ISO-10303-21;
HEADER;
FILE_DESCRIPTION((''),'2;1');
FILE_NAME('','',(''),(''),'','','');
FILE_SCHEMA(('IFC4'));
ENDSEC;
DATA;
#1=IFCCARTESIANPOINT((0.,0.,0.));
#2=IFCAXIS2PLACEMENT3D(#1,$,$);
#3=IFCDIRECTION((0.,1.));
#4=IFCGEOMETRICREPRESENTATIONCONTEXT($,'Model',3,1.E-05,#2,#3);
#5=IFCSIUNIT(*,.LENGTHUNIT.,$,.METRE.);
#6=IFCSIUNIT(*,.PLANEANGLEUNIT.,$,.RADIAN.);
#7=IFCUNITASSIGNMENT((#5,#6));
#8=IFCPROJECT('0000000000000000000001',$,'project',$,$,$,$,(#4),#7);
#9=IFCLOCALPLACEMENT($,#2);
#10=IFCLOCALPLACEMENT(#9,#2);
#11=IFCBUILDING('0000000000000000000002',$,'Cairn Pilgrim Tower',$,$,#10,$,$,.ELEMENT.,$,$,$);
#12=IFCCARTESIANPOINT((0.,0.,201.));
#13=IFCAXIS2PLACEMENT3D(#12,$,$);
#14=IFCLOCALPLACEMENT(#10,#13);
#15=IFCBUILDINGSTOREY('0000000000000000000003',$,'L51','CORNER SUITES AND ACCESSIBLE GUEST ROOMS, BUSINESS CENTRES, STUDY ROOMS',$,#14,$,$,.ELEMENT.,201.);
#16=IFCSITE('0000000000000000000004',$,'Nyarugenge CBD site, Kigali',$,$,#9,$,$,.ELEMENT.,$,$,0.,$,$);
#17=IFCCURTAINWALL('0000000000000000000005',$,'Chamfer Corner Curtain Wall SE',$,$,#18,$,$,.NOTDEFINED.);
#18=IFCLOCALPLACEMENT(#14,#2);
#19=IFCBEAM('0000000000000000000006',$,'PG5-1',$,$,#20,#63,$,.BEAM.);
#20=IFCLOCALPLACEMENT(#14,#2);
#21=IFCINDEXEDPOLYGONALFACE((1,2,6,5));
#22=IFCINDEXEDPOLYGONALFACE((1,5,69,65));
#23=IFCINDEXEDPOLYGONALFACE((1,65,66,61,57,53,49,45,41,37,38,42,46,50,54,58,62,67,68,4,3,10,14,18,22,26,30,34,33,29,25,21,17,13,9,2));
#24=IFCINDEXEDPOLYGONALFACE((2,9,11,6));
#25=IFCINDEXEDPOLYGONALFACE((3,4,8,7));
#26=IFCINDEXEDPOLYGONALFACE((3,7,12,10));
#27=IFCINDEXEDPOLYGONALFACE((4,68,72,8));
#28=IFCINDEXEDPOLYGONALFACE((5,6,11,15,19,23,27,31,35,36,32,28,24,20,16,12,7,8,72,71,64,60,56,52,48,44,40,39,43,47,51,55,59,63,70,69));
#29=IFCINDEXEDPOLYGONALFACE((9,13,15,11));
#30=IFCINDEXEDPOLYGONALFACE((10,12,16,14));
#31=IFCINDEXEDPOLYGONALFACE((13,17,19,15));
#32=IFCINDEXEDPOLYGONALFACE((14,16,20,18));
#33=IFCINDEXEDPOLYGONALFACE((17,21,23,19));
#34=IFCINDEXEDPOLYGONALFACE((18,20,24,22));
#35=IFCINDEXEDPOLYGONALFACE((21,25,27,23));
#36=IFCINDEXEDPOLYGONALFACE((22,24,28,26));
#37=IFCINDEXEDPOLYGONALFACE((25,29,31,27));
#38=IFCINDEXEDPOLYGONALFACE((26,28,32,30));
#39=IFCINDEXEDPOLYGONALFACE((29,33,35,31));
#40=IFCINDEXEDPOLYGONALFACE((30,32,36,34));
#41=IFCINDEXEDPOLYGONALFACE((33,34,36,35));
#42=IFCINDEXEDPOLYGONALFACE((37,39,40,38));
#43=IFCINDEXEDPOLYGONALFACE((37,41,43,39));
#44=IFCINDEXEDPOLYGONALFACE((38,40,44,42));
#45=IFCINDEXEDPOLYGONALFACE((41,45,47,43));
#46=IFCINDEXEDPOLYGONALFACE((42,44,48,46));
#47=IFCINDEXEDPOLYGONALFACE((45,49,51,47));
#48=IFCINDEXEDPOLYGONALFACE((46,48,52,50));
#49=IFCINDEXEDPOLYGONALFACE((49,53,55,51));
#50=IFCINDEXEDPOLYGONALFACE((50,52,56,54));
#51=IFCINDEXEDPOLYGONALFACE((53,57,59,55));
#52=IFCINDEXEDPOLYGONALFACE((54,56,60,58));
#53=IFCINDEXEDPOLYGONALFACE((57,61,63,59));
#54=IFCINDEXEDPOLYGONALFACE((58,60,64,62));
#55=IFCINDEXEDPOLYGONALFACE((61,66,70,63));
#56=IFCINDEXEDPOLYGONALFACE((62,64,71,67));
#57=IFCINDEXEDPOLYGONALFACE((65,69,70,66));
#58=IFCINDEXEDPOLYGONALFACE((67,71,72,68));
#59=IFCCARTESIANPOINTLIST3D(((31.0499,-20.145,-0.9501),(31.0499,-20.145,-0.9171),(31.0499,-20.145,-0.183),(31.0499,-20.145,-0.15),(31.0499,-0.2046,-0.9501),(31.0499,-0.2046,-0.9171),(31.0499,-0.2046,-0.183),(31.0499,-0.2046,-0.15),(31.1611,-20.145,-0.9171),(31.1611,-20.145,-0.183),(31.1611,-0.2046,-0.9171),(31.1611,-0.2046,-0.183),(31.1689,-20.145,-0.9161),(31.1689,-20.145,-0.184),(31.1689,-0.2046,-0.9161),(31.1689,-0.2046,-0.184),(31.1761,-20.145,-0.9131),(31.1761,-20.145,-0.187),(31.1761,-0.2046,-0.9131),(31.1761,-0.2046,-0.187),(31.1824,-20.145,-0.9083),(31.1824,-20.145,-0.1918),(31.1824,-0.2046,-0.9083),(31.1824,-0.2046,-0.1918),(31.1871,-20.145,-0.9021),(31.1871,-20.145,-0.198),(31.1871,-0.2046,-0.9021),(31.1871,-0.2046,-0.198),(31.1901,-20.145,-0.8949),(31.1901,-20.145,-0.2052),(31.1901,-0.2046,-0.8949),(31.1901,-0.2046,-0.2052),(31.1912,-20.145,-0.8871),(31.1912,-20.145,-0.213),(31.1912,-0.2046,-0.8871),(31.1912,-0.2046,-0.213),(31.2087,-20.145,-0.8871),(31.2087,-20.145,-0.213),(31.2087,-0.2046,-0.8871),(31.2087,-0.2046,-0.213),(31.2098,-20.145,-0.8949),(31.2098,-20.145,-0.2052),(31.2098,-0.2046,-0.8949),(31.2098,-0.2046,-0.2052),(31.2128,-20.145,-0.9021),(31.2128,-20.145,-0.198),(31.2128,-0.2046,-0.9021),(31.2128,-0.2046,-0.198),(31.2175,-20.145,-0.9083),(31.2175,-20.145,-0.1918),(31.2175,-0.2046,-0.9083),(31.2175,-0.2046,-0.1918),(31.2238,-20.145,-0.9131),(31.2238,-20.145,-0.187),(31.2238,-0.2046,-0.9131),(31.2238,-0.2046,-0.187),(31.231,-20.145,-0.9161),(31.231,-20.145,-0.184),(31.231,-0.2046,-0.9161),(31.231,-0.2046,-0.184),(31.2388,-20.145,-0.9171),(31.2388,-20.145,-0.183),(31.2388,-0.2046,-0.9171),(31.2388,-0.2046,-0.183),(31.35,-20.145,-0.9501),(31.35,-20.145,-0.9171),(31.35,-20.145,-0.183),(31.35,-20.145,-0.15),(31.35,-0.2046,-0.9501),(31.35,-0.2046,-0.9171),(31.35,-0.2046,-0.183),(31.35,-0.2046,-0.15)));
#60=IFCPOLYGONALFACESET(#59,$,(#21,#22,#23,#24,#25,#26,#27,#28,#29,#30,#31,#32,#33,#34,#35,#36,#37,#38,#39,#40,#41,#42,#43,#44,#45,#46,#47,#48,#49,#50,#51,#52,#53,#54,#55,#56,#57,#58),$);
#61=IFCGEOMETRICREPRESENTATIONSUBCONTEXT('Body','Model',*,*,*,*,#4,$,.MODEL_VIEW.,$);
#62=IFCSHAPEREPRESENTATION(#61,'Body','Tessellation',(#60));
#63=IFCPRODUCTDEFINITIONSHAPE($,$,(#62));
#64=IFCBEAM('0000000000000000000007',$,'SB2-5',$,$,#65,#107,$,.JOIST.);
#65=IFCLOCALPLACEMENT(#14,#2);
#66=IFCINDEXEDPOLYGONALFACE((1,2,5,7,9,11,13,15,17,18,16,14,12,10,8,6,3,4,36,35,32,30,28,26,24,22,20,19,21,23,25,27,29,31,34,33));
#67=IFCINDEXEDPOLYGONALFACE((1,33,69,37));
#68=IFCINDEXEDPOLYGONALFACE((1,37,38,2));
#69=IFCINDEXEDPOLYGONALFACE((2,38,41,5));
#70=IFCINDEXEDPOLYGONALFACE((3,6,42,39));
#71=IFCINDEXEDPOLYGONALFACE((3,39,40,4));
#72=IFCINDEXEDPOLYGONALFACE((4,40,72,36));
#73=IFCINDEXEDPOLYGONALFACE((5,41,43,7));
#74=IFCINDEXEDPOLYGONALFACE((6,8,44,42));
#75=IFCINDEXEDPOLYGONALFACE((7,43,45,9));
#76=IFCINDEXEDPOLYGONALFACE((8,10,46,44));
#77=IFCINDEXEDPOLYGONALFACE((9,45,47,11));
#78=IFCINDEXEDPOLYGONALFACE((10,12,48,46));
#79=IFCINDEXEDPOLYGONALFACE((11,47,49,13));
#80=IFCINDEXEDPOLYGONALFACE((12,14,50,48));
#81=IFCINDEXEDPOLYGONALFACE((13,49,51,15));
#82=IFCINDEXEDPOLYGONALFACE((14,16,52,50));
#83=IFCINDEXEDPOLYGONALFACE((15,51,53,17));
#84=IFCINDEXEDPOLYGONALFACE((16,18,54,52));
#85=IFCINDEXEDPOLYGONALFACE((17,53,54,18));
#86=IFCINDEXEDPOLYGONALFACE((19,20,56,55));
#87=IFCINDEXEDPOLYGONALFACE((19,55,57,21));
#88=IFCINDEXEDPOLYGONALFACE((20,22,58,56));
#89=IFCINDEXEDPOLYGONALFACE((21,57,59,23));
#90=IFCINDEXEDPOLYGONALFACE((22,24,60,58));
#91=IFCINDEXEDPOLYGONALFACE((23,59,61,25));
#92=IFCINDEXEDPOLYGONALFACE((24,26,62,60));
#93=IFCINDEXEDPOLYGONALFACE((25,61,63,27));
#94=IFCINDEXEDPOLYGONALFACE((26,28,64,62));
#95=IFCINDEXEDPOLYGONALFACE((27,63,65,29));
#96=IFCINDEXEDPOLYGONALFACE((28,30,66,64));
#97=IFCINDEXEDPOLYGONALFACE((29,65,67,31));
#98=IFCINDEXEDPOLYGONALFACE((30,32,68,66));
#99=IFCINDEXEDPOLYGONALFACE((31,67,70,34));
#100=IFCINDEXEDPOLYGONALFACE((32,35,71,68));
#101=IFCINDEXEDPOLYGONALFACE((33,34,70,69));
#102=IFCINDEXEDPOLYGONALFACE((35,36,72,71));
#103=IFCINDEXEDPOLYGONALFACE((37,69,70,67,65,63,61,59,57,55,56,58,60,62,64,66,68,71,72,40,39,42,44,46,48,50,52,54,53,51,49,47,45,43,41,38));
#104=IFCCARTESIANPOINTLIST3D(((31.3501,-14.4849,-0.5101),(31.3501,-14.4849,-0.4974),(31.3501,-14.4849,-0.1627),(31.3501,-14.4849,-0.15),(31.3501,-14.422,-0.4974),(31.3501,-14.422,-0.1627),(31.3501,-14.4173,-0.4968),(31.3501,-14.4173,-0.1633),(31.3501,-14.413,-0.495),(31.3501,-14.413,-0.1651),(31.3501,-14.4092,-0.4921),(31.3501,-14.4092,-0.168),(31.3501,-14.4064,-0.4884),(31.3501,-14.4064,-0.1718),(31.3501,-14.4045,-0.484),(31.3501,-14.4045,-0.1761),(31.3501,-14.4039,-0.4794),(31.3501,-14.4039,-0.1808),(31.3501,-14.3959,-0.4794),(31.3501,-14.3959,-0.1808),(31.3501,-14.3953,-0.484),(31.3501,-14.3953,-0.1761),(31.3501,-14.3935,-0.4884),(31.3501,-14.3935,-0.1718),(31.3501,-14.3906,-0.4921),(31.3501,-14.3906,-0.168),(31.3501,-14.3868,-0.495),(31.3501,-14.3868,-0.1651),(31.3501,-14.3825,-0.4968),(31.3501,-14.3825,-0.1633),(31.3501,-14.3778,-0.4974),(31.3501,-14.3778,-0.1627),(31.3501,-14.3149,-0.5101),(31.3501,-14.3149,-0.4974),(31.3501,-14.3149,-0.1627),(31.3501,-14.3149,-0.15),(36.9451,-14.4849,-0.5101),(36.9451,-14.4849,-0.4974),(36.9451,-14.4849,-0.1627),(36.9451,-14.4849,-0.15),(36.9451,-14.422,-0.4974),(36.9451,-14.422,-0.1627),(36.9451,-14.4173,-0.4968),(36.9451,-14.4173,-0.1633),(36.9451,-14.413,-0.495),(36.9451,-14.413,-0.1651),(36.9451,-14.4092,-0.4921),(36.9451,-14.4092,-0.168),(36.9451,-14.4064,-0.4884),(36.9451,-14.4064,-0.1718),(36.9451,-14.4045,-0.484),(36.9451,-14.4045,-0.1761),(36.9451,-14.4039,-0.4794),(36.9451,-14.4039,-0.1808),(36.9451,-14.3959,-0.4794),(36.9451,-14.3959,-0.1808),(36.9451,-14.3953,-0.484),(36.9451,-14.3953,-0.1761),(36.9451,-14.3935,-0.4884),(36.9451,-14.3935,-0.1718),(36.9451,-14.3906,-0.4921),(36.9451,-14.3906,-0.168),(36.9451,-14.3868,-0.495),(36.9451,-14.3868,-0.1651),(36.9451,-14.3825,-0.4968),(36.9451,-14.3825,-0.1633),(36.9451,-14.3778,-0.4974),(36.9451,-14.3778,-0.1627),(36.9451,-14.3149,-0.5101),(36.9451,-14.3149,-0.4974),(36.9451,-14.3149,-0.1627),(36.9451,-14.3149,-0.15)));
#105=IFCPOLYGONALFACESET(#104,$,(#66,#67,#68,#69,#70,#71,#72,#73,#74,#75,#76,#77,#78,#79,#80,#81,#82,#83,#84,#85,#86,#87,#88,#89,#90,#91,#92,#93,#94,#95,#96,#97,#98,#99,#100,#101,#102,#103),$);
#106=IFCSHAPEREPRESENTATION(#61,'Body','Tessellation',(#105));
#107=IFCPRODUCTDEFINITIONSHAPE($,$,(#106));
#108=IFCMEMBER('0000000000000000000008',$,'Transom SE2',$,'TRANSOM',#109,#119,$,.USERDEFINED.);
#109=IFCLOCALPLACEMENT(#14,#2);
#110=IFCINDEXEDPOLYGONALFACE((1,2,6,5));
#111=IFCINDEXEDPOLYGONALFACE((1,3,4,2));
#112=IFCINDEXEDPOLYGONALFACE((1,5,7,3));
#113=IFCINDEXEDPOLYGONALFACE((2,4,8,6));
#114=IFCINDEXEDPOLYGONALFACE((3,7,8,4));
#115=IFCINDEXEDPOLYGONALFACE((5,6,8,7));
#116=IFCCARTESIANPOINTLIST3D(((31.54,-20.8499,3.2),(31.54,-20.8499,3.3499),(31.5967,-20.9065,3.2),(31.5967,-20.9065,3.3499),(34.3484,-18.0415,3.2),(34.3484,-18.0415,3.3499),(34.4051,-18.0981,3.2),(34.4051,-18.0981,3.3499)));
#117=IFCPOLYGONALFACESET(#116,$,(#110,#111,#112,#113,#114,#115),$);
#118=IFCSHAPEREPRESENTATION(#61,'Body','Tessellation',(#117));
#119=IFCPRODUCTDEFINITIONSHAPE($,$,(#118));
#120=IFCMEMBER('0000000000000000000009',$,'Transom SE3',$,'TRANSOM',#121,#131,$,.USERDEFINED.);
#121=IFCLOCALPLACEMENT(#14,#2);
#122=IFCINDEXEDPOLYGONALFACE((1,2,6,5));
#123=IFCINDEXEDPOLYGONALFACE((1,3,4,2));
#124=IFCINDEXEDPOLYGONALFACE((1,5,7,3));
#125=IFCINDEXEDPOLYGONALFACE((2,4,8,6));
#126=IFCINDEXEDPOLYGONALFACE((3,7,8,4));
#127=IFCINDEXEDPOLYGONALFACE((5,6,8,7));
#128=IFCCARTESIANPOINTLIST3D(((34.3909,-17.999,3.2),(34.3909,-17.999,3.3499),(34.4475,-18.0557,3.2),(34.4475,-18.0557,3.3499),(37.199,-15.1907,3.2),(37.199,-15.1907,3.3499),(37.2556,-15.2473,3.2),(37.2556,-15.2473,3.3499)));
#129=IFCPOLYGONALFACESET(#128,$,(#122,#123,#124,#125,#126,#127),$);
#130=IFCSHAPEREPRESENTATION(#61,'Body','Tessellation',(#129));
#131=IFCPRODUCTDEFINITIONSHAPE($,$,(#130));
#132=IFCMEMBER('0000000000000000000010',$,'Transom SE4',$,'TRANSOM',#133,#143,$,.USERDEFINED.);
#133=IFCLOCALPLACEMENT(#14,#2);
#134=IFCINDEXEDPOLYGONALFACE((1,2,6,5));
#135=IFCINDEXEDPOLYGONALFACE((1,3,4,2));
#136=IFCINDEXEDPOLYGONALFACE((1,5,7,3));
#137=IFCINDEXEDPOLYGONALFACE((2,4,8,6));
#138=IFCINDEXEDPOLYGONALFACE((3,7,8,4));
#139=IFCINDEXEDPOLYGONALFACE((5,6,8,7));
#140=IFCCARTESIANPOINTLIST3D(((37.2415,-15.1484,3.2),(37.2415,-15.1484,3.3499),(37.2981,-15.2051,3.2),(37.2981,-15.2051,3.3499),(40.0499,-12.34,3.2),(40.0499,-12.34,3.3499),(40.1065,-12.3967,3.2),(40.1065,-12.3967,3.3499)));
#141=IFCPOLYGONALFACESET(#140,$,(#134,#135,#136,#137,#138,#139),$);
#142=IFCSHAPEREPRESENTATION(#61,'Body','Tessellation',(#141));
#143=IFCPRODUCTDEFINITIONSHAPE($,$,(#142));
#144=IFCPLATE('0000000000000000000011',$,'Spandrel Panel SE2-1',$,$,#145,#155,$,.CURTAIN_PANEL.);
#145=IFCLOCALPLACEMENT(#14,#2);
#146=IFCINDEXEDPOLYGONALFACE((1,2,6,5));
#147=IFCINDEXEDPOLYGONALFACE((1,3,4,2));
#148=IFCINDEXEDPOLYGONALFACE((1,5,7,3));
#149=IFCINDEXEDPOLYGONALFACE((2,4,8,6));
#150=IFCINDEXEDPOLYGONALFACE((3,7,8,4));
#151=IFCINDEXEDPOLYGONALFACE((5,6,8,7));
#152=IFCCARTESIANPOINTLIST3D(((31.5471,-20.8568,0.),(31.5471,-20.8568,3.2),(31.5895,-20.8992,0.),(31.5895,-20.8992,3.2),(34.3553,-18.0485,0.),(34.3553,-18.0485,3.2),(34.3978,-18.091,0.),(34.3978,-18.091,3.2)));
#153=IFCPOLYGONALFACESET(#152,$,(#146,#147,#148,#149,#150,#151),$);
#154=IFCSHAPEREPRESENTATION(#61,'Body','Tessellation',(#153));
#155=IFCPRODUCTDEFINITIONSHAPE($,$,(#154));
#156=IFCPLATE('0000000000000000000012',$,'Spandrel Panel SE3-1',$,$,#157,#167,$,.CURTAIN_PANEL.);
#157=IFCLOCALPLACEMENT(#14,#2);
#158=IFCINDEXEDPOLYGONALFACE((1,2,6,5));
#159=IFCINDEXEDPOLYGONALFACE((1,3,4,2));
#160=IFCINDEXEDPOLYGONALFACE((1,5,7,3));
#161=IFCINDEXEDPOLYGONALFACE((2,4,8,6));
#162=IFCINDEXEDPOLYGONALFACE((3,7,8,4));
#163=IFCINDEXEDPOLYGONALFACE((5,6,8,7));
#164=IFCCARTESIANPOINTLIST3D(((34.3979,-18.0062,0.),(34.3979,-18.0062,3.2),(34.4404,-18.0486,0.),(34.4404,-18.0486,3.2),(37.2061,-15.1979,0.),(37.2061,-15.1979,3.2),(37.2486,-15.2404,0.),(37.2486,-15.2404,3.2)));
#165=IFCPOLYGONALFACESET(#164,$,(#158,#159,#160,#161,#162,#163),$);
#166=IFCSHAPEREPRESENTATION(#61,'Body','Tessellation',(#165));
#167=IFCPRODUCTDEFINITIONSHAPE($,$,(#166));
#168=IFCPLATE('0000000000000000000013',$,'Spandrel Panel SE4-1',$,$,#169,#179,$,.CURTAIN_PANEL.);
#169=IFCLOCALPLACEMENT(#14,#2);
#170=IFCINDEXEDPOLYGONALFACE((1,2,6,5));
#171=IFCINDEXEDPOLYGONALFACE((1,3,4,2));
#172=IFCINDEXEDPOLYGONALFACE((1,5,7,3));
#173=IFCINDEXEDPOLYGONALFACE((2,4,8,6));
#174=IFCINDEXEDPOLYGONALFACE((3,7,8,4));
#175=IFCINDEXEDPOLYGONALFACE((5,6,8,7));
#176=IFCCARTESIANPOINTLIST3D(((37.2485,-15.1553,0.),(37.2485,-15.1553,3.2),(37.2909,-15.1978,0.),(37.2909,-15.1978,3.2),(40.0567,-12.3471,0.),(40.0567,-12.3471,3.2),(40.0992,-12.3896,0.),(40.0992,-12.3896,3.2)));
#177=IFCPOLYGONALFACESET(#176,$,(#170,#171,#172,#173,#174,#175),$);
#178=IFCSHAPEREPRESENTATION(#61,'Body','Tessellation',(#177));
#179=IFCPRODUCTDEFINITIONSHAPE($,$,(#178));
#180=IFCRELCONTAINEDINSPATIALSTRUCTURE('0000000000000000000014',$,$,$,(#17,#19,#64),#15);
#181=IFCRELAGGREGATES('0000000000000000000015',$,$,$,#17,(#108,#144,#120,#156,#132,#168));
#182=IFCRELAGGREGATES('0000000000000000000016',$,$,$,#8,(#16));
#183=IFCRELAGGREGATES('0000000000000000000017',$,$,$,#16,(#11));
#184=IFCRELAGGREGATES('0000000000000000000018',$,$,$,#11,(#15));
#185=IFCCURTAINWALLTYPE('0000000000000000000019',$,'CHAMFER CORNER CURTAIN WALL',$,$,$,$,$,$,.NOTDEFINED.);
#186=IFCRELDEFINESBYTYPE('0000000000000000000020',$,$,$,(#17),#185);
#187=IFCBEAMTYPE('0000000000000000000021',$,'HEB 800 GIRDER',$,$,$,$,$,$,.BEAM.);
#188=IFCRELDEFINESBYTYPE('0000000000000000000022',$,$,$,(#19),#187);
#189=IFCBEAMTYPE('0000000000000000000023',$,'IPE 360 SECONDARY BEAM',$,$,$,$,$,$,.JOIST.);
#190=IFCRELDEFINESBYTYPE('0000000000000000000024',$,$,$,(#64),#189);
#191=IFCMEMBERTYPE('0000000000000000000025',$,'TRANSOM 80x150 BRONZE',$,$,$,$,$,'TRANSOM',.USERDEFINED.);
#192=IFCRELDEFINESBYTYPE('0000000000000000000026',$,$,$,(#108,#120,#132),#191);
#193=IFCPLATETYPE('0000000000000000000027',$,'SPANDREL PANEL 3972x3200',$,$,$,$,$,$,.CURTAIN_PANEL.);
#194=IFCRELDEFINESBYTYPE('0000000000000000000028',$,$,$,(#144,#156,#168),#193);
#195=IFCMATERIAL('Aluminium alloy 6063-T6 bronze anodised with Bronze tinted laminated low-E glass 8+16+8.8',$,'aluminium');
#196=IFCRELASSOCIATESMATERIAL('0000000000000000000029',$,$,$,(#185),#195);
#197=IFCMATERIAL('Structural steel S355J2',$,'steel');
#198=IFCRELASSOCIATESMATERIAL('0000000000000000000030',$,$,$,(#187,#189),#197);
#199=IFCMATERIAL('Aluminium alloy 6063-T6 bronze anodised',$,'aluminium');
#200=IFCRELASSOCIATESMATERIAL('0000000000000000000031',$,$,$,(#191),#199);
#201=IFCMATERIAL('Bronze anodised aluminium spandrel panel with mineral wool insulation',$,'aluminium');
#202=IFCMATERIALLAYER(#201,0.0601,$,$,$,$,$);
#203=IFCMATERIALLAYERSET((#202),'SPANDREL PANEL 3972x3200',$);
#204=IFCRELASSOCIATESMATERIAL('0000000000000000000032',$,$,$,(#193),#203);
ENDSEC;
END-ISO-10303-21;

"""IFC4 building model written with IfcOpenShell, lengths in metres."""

from ifc_helpers import new_model, si_unit, direction, frame, origin, origin_2d, place, context, subcontext, project, spatial, rectangle, i_section, extrude, material, layer, layer_set, material_profile, profile_set, type_object, element, aggregate, save


model = new_model("IFC4")

# Units and contexts
model_context = context("Model", 3, precision=1e-05, world=origin(), true_north=direction((0.0, 1.0)))
body_context = subcontext(model_context, "Body", "Model", "MODEL_VIEW")
ifc_project = project(units=[si_unit("LENGTHUNIT", "METRE"), si_unit("PLANEANGLEUNIT", "RADIAN")], contexts=[model_context])

# Site, building, storey
site_placement = place(None, origin())
site = spatial("IfcSite", under=ifc_project, at=site_placement, Name="Nyarugenge CBD site, Kigali", CompositionType="ELEMENT", RefElevation=0.0)
building_placement = place(site_placement, origin())
building = spatial("IfcBuilding", under=site, at=building_placement, Name="Cairn Pilgrim Tower", CompositionType="ELEMENT")
storey_placement = place(building_placement, frame((0.0, 0.0, 201.0)))
storey = spatial("IfcBuildingStorey", under=building, at=storey_placement, Name="L51", Description="CORNER SUITES AND ACCESSIBLE GUEST ROOMS, BUSINESS CENTRES, STUDY ROOMS", CompositionType="ELEMENT", Elevation=201.0)

# Shared definitions
ifc_material_1 = material(Name="Structural steel S355J2", Category="steel")

# Curtain wall
ifc_material_2 = material(Name="Aluminium alloy 6063-T6 bronze anodised with Bronze tinted laminated low-E glass 8+16+8.8", Category="aluminium")
curtain_wall_type = type_object("IfcCurtainWallType", Name="CHAMFER CORNER CURTAIN WALL", PredefinedType="NOTDEFINED", material=ifc_material_2)
curtain_wall_placement = place(storey_placement, origin())
curtain_wall = element("IfcCurtainWall", 1, at=curtain_wall_placement, inside=storey, type_object=curtain_wall_type, Name="Chamfer Corner Curtain Wall SE", PredefinedType="NOTDEFINED")
ifc_material_3 = material(Name="Aluminium alloy 6063-T6 bronze anodised", Category="aluminium")

# Beams
ifc_material_profile_1 = material_profile(ifc_material_1, i_section(OverallWidth=0.3, OverallDepth=0.8, WebThickness=0.0176, FlangeThickness=0.033, FilletRadius=0.03, at=origin_2d()), Name="HEB 800")
ifc_profile_set_1 = profile_set([ifc_material_profile_1], Name="Structural steel S355J2")
beam_type_1 = type_object("IfcBeamType", Name="HEB 800 GIRDER", PredefinedType="BEAM", material=ifc_profile_set_1)
beam_1_placement = place(storey_placement, frame((31.2, -20.145, -0.55), z_axis=(0.0, 1.0, 0.0), x_axis=(-1.0, 0.0, 0.0)))
element("IfcBeam", 2, at=beam_1_placement, inside=storey, type_object=beam_type_1, Name="PG5-1", PredefinedType="BEAM", context=body_context, shape_type="SweptSolid", body=[
    extrude(i_section(OverallWidth=0.3, OverallDepth=0.8, WebThickness=0.0176, FlangeThickness=0.033, FilletRadius=0.03, at=origin_2d()), origin(), (0.0, 0.0, 1.0), 19.9404),
])
ifc_material_profile_2 = material_profile(ifc_material_1, i_section(OverallWidth=0.1699, OverallDepth=0.3601, WebThickness=0.0081, FlangeThickness=0.0127, FilletRadius=0.0181, at=origin_2d()), Name="IPE 360")
ifc_profile_set_2 = profile_set([ifc_material_profile_2], Name="Structural steel S355J2")
beam_type_2 = type_object("IfcBeamType", Name="IPE 360 SECONDARY BEAM", PredefinedType="JOIST", material=ifc_profile_set_2)
beam_2_placement = place(storey_placement, frame((31.3501, -14.3999, -0.3301), z_axis=(1.0, 0.0, 0.0), x_axis=(0.0, 1.0, 0.0)))
element("IfcBeam", 3, at=beam_2_placement, inside=storey, type_object=beam_type_2, Name="SB2-5", PredefinedType="JOIST", context=body_context, shape_type="SweptSolid", body=[
    extrude(i_section(OverallWidth=0.1699, OverallDepth=0.3601, WebThickness=0.0081, FlangeThickness=0.0127, FilletRadius=0.0181, at=origin_2d()), origin(), (0.0, 0.0, 1.0), 5.595),
])

# Members
ifc_material_profile_3 = material_profile(ifc_material_3, rectangle(XDim=0.0801, YDim=0.1499, at=origin_2d()), Name="TRANSOM 80x150 BRONZE")
ifc_profile_set_3 = profile_set([ifc_material_profile_3], Name="Aluminium alloy 6063-T6 bronze anodised")
member_type_1 = type_object("IfcMemberType", Name="TRANSOM 80x150 BRONZE", ElementType="TRANSOM", PredefinedType="USERDEFINED", material=ifc_profile_set_3)
member_1_placement = place(storey_placement, frame((31.5684, -20.8782, 3.2749), z_axis=(0.707107, 0.707107, 0.0), x_axis=(-0.707107, 0.707107, 0.0)))
member_1 = element("IfcMember", 4, at=member_1_placement, type_object=member_type_1, Name="Transom SE2", ObjectType="TRANSOM", PredefinedType="USERDEFINED", context=body_context, shape_type="SweptSolid", body=[
    extrude(rectangle(XDim=0.0801, YDim=0.1499, at=origin_2d()), origin(), (0.0, 0.0, 1.0), 3.9717),
])
member_2_placement = place(storey_placement, frame((34.4192, -18.0273, 3.2749), z_axis=(0.707076, 0.707138, 0.0), x_axis=(-0.707138, 0.707076, 0.0)))
member_2 = element("IfcMember", 5, at=member_2_placement, type_object=member_type_1, Name="Transom SE3", ObjectType="TRANSOM", PredefinedType="USERDEFINED", context=body_context, shape_type="SweptSolid", body=[
    extrude(rectangle(XDim=0.0801, YDim=0.1499, at=origin_2d()), origin(), (0.0, 0.0, 1.0), 3.9714),
])
member_3_placement = place(storey_placement, frame((37.2698, -15.1768, 3.2749), z_axis=(0.707107, 0.707107, 0.0), x_axis=(-0.707107, 0.707107, 0.0)))
member_3 = element("IfcMember", 6, at=member_3_placement, type_object=member_type_1, Name="Transom SE4", ObjectType="TRANSOM", PredefinedType="USERDEFINED", context=body_context, shape_type="SweptSolid", body=[
    extrude(rectangle(XDim=0.0801, YDim=0.1499, at=origin_2d()), origin(), (0.0, 0.0, 1.0), 3.9717),
])

# Plates
ifc_material_4 = material(Name="Bronze anodised aluminium spandrel panel with mineral wool insulation", Category="aluminium")
ifc_layer_1 = layer(ifc_material_4, 0.0601)
ifc_layer_set_1 = layer_set([ifc_layer_1], Name="SPANDREL PANEL 3972x3200")
plate_type = type_object("IfcPlateType", Name="SPANDREL PANEL 3972x3200", PredefinedType="CURTAIN_PANEL", material=ifc_layer_set_1)
plate_1_placement = place(storey_placement, frame((32.9724, -19.4739, 0.0), z_axis=(0.0, 0.0, 1.0), x_axis=(0.707107, 0.707107, 0.0)))
plate_1 = element("IfcPlate", 7, at=plate_1_placement, type_object=plate_type, Name="Spandrel Panel SE2-1", PredefinedType="CURTAIN_PANEL", context=body_context, shape_type="SweptSolid", body=[
    extrude(rectangle(XDim=3.9714, YDim=0.0601, at=origin_2d()), origin(), (0.0, 0.0, 1.0), 3.2),
])
plate_2_placement = place(storey_placement, frame((35.8232, -16.6233, 0.0), z_axis=(0.0, 0.0, 1.0), x_axis=(0.707107, 0.707107, 0.0)))
plate_2 = element("IfcPlate", 8, at=plate_2_placement, type_object=plate_type, Name="Spandrel Panel SE3-1", PredefinedType="CURTAIN_PANEL", context=body_context, shape_type="SweptSolid", body=[
    extrude(rectangle(XDim=3.9714, YDim=0.0601, at=origin_2d()), origin(), (0.0, 0.0, 1.0), 3.2),
])
plate_3_placement = place(storey_placement, frame((38.6738, -13.7725, 0.0), z_axis=(0.0, 0.0, 1.0), x_axis=(0.707107, 0.707107, 0.0)))
plate_3 = element("IfcPlate", 9, at=plate_3_placement, type_object=plate_type, Name="Spandrel Panel SE4-1", PredefinedType="CURTAIN_PANEL", context=body_context, shape_type="SweptSolid", body=[
    extrude(rectangle(XDim=3.9714, YDim=0.0601, at=origin_2d()), origin(), (0.0, 0.0, 1.0), 3.2),
])
aggregate(curtain_wall, [member_1, plate_1, member_2, plate_2, member_3, plate_3])

save(model, "model.ifc")
